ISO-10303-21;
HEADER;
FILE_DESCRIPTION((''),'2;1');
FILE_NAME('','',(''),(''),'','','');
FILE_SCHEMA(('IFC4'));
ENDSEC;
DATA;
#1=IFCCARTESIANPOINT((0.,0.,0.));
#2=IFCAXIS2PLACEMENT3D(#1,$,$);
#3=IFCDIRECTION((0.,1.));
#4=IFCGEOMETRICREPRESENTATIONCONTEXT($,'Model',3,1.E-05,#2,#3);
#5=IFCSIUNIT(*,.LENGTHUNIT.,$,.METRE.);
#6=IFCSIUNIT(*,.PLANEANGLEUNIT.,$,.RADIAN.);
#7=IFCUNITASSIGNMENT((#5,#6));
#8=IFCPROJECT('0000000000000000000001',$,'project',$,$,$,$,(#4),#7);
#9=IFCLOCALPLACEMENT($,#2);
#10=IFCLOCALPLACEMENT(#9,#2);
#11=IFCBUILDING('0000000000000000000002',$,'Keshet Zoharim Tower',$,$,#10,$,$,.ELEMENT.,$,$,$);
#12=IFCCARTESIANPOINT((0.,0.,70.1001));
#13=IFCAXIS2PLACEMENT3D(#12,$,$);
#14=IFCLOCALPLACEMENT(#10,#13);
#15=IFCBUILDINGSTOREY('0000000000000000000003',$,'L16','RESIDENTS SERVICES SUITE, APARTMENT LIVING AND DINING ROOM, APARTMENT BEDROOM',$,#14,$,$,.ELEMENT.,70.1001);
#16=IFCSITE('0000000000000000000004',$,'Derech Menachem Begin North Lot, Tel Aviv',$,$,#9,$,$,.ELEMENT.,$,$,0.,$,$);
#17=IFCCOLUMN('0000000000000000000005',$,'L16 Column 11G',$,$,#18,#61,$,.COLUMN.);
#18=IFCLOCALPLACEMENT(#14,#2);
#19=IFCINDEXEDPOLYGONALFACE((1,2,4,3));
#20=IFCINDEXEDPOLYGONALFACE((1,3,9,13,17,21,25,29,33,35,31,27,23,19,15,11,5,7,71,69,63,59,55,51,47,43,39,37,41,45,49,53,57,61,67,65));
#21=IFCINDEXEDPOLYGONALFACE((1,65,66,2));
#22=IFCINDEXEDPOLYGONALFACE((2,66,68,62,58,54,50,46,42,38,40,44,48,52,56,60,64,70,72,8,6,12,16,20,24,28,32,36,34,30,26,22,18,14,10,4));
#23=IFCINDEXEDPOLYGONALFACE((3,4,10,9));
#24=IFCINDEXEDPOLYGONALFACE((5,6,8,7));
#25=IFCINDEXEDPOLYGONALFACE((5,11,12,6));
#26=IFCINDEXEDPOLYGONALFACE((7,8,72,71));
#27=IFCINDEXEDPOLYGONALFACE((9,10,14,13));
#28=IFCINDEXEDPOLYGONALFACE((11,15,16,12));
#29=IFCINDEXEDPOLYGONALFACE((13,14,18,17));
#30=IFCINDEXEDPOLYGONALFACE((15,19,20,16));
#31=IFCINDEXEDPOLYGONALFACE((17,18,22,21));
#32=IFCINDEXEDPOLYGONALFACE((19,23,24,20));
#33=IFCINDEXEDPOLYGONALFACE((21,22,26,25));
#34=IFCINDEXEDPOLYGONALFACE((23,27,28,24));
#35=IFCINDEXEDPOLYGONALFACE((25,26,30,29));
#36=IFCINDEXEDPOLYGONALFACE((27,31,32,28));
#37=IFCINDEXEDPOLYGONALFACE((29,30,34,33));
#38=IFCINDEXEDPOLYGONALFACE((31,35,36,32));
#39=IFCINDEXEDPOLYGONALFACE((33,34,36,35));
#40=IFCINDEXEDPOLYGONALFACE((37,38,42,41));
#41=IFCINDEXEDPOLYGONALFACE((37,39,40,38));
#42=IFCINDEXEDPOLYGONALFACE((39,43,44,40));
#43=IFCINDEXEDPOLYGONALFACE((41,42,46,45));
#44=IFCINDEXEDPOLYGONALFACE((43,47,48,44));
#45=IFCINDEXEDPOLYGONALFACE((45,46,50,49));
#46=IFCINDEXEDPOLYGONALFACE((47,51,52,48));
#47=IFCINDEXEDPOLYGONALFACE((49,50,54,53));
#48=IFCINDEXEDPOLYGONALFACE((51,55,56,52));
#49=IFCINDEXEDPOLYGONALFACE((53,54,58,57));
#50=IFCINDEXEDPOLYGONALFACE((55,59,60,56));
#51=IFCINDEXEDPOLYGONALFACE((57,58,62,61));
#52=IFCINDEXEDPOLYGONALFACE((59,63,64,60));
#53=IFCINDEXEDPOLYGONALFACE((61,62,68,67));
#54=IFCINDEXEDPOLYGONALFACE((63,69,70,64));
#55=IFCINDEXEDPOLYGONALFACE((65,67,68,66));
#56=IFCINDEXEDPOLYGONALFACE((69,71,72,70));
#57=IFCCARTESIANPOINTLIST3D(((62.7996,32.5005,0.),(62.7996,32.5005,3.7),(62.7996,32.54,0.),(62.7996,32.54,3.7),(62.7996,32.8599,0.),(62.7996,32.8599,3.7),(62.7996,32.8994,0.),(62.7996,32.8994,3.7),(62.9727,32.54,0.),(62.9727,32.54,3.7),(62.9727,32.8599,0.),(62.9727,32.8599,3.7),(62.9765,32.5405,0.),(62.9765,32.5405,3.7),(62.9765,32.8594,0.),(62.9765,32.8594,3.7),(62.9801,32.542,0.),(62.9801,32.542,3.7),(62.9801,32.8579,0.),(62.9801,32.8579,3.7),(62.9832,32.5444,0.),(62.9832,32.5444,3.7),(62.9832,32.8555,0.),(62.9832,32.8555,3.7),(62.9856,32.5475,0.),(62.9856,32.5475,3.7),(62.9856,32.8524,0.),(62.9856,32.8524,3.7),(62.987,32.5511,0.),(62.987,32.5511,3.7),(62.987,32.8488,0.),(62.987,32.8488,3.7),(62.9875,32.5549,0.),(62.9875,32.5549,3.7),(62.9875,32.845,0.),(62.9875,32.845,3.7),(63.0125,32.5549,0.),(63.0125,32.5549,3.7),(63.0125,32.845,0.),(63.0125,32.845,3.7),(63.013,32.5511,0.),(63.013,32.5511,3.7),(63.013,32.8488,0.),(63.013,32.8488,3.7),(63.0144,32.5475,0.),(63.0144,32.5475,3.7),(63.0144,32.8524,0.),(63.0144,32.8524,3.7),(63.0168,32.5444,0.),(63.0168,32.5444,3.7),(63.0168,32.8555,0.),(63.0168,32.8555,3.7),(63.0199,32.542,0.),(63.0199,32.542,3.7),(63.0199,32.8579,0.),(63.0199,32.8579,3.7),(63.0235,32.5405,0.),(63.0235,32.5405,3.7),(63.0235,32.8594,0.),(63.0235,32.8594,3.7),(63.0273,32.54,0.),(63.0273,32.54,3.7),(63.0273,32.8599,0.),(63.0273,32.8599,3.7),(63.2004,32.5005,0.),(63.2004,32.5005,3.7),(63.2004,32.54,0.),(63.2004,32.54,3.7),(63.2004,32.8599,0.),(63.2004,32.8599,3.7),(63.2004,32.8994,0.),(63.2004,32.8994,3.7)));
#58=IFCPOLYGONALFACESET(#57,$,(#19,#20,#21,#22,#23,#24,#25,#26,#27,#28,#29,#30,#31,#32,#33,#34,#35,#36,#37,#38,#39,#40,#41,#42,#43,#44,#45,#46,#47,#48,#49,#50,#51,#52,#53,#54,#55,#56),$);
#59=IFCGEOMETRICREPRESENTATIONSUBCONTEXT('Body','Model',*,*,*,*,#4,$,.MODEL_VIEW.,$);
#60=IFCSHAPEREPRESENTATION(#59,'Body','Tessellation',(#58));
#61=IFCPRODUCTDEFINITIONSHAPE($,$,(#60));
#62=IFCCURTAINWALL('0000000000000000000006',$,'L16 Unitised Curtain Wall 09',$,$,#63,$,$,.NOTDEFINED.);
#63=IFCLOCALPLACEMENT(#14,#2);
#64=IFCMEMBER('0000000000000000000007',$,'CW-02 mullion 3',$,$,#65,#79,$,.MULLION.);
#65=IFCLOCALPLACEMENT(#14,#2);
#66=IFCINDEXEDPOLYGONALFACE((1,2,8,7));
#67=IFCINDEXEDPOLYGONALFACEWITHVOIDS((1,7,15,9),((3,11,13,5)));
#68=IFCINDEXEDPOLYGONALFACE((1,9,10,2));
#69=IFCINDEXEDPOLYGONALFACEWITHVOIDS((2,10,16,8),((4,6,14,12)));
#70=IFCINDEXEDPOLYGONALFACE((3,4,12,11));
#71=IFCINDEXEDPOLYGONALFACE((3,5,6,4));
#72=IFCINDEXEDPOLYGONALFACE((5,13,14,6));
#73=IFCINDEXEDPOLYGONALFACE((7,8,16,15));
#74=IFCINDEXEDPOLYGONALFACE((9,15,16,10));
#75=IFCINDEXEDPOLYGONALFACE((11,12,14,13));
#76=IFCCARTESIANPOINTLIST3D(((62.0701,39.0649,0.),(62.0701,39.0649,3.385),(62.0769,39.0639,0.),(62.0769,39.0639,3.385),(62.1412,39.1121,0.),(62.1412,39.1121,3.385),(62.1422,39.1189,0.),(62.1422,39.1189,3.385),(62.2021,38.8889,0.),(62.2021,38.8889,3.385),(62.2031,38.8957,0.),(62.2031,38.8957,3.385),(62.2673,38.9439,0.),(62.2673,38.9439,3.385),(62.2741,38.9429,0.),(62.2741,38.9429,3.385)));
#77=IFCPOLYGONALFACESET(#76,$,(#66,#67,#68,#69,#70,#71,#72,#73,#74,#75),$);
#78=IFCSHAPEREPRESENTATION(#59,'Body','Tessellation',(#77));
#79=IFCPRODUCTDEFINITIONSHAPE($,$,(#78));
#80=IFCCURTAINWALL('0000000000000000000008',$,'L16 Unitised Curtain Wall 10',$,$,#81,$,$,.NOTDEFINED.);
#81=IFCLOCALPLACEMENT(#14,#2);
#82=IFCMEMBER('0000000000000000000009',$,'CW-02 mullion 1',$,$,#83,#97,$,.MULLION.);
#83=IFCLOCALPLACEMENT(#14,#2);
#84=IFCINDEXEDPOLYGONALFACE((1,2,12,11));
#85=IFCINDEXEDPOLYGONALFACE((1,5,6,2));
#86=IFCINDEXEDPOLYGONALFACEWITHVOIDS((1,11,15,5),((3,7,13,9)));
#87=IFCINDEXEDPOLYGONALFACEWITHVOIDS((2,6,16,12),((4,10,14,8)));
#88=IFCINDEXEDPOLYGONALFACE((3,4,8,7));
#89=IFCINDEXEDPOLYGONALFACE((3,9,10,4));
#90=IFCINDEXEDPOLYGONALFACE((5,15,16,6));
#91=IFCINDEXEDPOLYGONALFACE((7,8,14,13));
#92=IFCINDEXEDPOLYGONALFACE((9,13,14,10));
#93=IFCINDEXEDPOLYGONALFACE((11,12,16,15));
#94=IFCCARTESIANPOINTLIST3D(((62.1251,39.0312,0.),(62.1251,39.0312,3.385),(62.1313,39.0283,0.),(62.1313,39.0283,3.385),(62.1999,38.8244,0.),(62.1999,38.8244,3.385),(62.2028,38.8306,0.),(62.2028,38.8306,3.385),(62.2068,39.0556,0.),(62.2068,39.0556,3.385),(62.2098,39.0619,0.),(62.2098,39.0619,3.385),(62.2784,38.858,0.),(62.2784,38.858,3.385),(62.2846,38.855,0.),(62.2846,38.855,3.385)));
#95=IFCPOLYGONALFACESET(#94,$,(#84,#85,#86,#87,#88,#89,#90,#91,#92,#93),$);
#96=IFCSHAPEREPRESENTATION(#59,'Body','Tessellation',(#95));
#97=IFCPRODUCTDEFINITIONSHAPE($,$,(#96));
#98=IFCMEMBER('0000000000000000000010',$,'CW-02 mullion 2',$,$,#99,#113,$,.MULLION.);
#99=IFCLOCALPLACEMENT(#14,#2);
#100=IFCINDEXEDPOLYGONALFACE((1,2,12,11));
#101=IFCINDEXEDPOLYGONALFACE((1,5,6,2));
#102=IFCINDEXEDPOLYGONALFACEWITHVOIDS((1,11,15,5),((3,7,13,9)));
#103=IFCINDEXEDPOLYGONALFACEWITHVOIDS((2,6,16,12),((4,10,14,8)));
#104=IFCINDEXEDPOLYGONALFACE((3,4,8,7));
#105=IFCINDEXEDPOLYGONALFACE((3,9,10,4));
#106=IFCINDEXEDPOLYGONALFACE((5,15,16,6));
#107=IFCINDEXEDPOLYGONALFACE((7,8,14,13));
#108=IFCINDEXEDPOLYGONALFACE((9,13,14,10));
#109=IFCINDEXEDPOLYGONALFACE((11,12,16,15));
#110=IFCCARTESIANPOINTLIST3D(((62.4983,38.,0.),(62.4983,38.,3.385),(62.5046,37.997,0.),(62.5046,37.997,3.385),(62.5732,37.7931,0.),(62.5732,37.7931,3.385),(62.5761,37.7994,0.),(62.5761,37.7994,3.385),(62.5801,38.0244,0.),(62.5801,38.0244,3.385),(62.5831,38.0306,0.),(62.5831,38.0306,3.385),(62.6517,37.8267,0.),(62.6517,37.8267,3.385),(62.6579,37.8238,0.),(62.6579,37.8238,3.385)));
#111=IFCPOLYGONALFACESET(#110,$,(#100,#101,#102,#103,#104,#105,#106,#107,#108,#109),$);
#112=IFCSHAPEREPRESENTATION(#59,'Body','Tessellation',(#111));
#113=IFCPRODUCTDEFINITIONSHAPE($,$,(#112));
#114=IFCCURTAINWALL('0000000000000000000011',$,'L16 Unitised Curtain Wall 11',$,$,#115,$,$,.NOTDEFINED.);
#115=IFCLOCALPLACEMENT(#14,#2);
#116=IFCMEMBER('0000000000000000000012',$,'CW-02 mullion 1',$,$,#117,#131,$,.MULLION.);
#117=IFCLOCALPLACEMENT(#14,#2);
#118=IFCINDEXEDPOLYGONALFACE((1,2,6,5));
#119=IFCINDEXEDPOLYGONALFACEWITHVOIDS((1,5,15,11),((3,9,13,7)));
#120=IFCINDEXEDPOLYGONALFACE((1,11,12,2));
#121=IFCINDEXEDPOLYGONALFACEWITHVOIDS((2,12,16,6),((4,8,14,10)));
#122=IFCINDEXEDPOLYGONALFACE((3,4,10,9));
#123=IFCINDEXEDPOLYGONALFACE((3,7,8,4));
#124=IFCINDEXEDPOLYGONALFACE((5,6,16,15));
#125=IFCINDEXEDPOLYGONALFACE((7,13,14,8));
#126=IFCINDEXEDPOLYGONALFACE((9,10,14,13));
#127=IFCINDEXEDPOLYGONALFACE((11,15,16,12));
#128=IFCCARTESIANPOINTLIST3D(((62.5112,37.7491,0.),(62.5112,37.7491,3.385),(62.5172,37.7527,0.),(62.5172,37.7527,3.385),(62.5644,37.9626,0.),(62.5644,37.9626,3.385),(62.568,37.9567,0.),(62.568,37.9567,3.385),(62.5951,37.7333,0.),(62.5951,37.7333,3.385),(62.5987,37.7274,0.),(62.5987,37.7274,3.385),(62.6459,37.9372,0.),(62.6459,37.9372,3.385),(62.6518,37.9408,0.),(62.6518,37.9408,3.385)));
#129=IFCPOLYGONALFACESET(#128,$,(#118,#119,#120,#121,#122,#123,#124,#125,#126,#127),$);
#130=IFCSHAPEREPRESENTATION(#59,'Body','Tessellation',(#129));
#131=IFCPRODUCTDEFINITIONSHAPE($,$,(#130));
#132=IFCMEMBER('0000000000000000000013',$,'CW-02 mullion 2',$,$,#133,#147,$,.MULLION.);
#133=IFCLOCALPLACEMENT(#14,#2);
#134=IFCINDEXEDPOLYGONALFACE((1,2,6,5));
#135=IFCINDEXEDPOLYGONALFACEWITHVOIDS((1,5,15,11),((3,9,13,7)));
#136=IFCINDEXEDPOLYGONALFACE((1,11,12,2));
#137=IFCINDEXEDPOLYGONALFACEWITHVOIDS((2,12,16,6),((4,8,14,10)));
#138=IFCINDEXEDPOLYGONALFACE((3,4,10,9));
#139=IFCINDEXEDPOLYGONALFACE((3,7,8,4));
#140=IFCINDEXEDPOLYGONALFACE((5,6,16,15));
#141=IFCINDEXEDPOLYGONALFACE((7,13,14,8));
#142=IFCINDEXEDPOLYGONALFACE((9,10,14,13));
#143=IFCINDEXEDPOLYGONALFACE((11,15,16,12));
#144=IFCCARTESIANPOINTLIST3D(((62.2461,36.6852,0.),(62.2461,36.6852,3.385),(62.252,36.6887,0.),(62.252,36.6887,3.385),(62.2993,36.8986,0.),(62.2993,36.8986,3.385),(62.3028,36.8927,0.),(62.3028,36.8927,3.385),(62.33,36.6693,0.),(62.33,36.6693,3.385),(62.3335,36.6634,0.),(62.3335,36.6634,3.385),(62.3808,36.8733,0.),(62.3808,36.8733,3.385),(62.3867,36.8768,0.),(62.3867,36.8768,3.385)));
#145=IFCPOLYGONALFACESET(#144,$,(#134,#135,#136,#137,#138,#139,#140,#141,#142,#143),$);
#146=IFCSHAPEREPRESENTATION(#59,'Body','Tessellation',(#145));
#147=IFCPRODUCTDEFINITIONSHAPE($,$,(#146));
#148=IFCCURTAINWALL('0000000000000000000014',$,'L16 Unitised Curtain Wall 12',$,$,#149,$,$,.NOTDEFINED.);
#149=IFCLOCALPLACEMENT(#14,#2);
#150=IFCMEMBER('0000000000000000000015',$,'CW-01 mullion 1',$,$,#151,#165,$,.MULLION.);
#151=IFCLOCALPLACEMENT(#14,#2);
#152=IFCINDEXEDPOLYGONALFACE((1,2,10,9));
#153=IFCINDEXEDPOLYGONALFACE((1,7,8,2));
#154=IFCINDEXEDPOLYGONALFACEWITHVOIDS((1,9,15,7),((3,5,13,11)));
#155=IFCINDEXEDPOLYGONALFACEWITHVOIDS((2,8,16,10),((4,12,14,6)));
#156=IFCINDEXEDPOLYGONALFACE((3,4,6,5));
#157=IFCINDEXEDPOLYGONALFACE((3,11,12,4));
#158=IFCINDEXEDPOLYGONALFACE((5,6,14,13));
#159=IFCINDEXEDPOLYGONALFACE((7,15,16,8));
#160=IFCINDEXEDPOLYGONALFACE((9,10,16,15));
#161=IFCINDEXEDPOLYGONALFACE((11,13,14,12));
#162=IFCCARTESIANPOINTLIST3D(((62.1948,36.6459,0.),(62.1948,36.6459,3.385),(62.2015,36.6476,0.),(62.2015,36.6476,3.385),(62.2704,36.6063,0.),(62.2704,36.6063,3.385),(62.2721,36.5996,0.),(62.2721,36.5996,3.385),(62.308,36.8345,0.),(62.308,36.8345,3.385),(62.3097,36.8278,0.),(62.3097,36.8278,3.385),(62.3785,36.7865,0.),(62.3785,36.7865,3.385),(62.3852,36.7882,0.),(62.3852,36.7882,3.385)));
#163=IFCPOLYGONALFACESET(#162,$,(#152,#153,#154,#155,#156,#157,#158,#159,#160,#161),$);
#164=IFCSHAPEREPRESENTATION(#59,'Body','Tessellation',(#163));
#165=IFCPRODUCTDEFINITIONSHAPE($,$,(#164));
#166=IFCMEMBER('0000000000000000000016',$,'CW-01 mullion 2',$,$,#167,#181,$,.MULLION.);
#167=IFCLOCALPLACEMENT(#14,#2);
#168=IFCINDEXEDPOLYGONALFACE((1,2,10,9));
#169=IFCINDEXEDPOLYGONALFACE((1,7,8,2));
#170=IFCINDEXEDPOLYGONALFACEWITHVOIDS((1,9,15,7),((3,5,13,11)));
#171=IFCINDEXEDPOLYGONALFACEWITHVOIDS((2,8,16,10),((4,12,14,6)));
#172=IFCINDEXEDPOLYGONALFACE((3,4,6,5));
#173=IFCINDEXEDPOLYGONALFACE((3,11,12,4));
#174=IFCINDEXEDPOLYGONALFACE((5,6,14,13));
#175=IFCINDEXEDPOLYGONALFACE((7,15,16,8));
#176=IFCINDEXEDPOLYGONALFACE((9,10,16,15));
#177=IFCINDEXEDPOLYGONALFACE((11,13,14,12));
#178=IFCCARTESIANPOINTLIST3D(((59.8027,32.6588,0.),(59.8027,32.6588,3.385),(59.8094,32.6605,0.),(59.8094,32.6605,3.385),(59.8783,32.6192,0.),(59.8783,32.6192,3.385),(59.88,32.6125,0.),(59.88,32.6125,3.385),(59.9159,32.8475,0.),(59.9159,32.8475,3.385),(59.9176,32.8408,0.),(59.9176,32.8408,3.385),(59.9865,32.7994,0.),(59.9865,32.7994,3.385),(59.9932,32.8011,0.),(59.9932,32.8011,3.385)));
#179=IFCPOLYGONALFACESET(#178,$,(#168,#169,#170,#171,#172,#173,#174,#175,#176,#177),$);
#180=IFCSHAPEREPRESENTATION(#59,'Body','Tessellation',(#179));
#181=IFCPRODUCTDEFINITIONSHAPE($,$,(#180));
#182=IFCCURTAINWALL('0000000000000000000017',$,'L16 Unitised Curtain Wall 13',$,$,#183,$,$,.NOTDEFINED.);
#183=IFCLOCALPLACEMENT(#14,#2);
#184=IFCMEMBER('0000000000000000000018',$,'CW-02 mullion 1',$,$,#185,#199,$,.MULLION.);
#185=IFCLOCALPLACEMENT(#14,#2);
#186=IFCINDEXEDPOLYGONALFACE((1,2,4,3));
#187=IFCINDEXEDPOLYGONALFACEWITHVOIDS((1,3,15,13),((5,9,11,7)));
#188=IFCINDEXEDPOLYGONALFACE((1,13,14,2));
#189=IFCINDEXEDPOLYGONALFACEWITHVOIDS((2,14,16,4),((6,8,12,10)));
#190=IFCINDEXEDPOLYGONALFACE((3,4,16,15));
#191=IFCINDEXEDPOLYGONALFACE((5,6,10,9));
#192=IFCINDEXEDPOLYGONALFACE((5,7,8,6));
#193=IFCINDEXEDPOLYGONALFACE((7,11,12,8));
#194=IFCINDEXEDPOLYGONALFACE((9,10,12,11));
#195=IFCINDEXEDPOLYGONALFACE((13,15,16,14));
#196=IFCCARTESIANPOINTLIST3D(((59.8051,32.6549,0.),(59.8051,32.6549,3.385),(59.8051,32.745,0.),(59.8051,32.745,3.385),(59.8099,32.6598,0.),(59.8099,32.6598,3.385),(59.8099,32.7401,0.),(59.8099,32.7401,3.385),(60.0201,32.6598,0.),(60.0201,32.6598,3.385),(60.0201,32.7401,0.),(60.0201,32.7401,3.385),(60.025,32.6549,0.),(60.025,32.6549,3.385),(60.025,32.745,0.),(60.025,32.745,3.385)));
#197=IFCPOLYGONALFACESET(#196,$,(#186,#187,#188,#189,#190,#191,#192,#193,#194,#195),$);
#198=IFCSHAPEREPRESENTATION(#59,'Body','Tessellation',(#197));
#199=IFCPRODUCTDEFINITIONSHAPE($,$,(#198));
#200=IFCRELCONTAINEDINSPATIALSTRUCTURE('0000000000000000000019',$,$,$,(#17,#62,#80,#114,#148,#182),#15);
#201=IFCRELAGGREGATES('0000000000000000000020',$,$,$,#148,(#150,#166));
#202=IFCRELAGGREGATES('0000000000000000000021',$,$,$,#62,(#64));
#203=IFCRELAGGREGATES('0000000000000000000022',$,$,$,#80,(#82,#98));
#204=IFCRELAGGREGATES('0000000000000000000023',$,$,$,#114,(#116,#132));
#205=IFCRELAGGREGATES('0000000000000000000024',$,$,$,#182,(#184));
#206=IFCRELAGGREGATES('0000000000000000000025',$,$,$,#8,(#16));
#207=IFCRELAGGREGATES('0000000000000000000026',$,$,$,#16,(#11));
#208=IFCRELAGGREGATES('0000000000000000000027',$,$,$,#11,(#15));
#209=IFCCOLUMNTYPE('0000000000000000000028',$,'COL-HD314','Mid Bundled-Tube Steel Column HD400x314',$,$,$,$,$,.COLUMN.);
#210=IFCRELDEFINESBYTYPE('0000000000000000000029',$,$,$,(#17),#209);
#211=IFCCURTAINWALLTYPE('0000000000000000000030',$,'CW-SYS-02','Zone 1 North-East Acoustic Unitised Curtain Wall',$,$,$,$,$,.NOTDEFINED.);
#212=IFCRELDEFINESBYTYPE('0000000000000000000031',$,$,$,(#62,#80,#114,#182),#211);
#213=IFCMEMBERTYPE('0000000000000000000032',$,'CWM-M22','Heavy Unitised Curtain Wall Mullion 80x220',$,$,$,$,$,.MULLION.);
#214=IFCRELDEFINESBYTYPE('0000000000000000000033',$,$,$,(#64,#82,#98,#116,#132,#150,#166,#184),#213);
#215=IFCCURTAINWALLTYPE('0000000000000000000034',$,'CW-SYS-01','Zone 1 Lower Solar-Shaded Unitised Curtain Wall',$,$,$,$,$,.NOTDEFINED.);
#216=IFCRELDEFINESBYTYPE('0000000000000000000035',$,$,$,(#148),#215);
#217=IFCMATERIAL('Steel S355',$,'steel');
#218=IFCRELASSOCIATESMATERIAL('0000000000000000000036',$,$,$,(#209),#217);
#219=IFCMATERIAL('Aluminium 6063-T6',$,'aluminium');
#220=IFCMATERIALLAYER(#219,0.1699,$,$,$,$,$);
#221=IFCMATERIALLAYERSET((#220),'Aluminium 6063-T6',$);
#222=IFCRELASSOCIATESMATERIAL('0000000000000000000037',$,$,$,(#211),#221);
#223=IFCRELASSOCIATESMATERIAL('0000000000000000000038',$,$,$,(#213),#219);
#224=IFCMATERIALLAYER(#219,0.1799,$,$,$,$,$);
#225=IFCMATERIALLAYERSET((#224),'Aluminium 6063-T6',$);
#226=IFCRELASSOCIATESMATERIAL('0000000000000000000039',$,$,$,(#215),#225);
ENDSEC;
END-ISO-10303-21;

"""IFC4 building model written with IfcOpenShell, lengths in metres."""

from ifc_helpers import new_model, si_unit, direction, frame, origin, origin_2d, place, context, subcontext, project, spatial, hollow_rectangle, i_section, extrude, material, layer, layer_set, material_profile, profile_set, type_object, element, aggregate, save


model = new_model("IFC4")

# Units and contexts
model_context = context("Model", 3, precision=1e-05, world=origin(), true_north=direction((0.0, 1.0)))
body_context = subcontext(model_context, "Body", "Model", "MODEL_VIEW")
ifc_project = project(units=[si_unit("LENGTHUNIT", "METRE"), si_unit("PLANEANGLEUNIT", "RADIAN")], contexts=[model_context])

# Site, building, storey
site_placement = place(None, origin())
site = spatial("IfcSite", under=ifc_project, at=site_placement, Name="Derech Menachem Begin North Lot, Tel Aviv", CompositionType="ELEMENT", RefElevation=0.0)
building_placement = place(site_placement, origin())
building = spatial("IfcBuilding", under=site, at=building_placement, Name="Keshet Zoharim Tower", CompositionType="ELEMENT")
storey_placement = place(building_placement, frame((0.0, 0.0, 70.1001)))
storey = spatial("IfcBuildingStorey", under=building, at=storey_placement, Name="L16", Description="RESIDENTS SERVICES SUITE, APARTMENT LIVING AND DINING ROOM, APARTMENT BEDROOM", CompositionType="ELEMENT", Elevation=70.1001)

# Column
ifc_material_1 = material(Name="Steel S355", Category="steel")
ifc_material_profile_1 = material_profile(ifc_material_1, i_section(OverallWidth=0.4009, OverallDepth=0.3989, WebThickness=0.0249, FlangeThickness=0.0396, FilletRadius=0.0149, at=origin_2d()), Name="HD400x314")
ifc_profile_set_1 = profile_set([ifc_material_profile_1], Name="Steel S355")
column_type = type_object("IfcColumnType", Name="COL-HD314", Description="Mid Bundled-Tube Steel Column HD400x314", PredefinedType="COLUMN", material=ifc_profile_set_1)
column_placement = place(storey_placement, frame((63.0, 32.7, 0.0), z_axis=(0.0, 0.0, 1.0), x_axis=(1.0, 0.0, 0.0)))
element("IfcColumn", 1, at=column_placement, inside=storey, type_object=column_type, Name="L16 Column 11G", PredefinedType="COLUMN", context=body_context, shape_type="SweptSolid", body=[
    extrude(i_section(OverallWidth=0.4009, OverallDepth=0.3989, WebThickness=0.0249, FlangeThickness=0.0396, FilletRadius=0.0149, at=origin_2d()), origin(), (0.0, 0.0, 1.0), 3.7),
])

# Curtain wall, member
ifc_material_2 = material(Name="Aluminium 6063-T6", Category="aluminium")
ifc_layer_1 = layer(ifc_material_2, 0.1699)
ifc_layer_set_1 = layer_set([ifc_layer_1], Name="Aluminium 6063-T6")
curtain_wall_type_1 = type_object("IfcCurtainWallType", Name="CW-SYS-02", Description="Zone 1 North-East Acoustic Unitised Curtain Wall", PredefinedType="NOTDEFINED", material=ifc_layer_set_1)
curtain_wall_1_placement = place(storey_placement, origin())
curtain_wall_1 = element("IfcCurtainWall", 2, at=curtain_wall_1_placement, inside=storey, type_object=curtain_wall_type_1, Name="L16 Unitised Curtain Wall 09", PredefinedType="NOTDEFINED")
ifc_material_profile_2 = material_profile(ifc_material_2, hollow_rectangle(XDim=0.0901, YDim=0.22, WallThickness=0.0049, at=origin_2d()), Name="MUL-90x220")
ifc_profile_set_2 = profile_set([ifc_material_profile_2], Name="Aluminium 6063-T6")
member_type_1 = type_object("IfcMemberType", Name="CWM-M22", Description="Heavy Unitised Curtain Wall Mullion 80x220", PredefinedType="MULLION", material=ifc_profile_set_2)
member_1_placement = place(storey_placement, frame((62.1721, 39.0039, 0.0), z_axis=(0.0, 0.0, 1.0), x_axis=(0.8, 0.6, 0.0)))
member_1 = element("IfcMember", 3, at=member_1_placement, type_object=member_type_1, Name="CW-02 mullion 3", PredefinedType="MULLION", context=body_context, shape_type="SweptSolid", body=[
    extrude(hollow_rectangle(XDim=0.0901, YDim=0.22, WallThickness=0.0049, at=origin_2d()), origin(), (0.0, 0.0, 1.0), 3.385),
])

# Curtain walls, members
curtain_wall_2_placement = place(storey_placement, origin())
curtain_wall_2 = element("IfcCurtainWall", 4, at=curtain_wall_2_placement, inside=storey, type_object=curtain_wall_type_1, Name="L16 Unitised Curtain Wall 10", PredefinedType="NOTDEFINED")
member_2_placement = place(storey_placement, frame((62.2048, 38.9431, 0.0), z_axis=(0.0, 0.0, 1.0), x_axis=(0.940318, 0.340297, 0.0)))
member_2 = element("IfcMember", 5, at=member_2_placement, type_object=member_type_1, Name="CW-02 mullion 1", PredefinedType="MULLION", context=body_context, shape_type="SweptSolid", body=[
    extrude(hollow_rectangle(XDim=0.0901, YDim=0.22, WallThickness=0.0049, at=origin_2d()), origin(), (0.0, 0.0, 1.0), 3.385),
])
member_3_placement = place(storey_placement, frame((62.5781, 37.9119, 0.0), z_axis=(0.0, 0.0, 1.0), x_axis=(0.940318, 0.340297, 0.0)))
member_3 = element("IfcMember", 6, at=member_3_placement, type_object=member_type_1, Name="CW-02 mullion 2", PredefinedType="MULLION", context=body_context, shape_type="SweptSolid", body=[
    extrude(hollow_rectangle(XDim=0.0901, YDim=0.22, WallThickness=0.0049, at=origin_2d()), origin(), (0.0, 0.0, 1.0), 3.385),
])
curtain_wall_3_placement = place(storey_placement, origin())
curtain_wall_3 = element("IfcCurtainWall", 7, at=curtain_wall_3_placement, inside=storey, type_object=curtain_wall_type_1, Name="L16 Unitised Curtain Wall 11", PredefinedType="NOTDEFINED")
member_4_placement = place(storey_placement, frame((62.5815, 37.845, 0.0), z_axis=(0.0, 0.0, 1.0), x_axis=(0.970344, -0.241729, 0.0)))
member_4 = element("IfcMember", 8, at=member_4_placement, type_object=member_type_1, Name="CW-02 mullion 1", PredefinedType="MULLION", context=body_context, shape_type="SweptSolid", body=[
    extrude(hollow_rectangle(XDim=0.0901, YDim=0.22, WallThickness=0.0049, at=origin_2d()), origin(), (0.0, 0.0, 1.0), 3.385),
])
member_5_placement = place(storey_placement, frame((62.3164, 36.781, 0.0), z_axis=(0.0, 0.0, 1.0), x_axis=(0.970344, -0.241729, 0.0)))
member_5 = element("IfcMember", 9, at=member_5_placement, type_object=member_type_1, Name="CW-02 mullion 2", PredefinedType="MULLION", context=body_context, shape_type="SweptSolid", body=[
    extrude(hollow_rectangle(XDim=0.0901, YDim=0.22, WallThickness=0.0049, at=origin_2d()), origin(), (0.0, 0.0, 1.0), 3.385),
])
ifc_layer_2 = layer(ifc_material_2, 0.1799)
ifc_layer_set_2 = layer_set([ifc_layer_2], Name="Aluminium 6063-T6")
curtain_wall_type_2 = type_object("IfcCurtainWallType", Name="CW-SYS-01", Description="Zone 1 Lower Solar-Shaded Unitised Curtain Wall", PredefinedType="NOTDEFINED", material=ifc_layer_set_2)
curtain_wall_4_placement = place(storey_placement, origin())
curtain_wall_4 = element("IfcCurtainWall", 10, at=curtain_wall_4_placement, inside=storey, type_object=curtain_wall_type_2, Name="L16 Unitised Curtain Wall 12", PredefinedType="NOTDEFINED")
member_6_placement = place(storey_placement, frame((62.29, 36.717, 0.0), z_axis=(0.0, 0.0, 1.0), x_axis=(0.857512, -0.514465, 0.0)))
member_6 = element("IfcMember", 11, at=member_6_placement, type_object=member_type_1, Name="CW-01 mullion 1", PredefinedType="MULLION", context=body_context, shape_type="SweptSolid", body=[
    extrude(hollow_rectangle(XDim=0.0901, YDim=0.22, WallThickness=0.0049, at=origin_2d()), origin(), (0.0, 0.0, 1.0), 3.385),
])
member_7_placement = place(storey_placement, frame((59.8979, 32.73, 0.0), z_axis=(0.0, 0.0, 1.0), x_axis=(0.857512, -0.514465, 0.0)))
member_7 = element("IfcMember", 12, at=member_7_placement, type_object=member_type_1, Name="CW-01 mullion 2", PredefinedType="MULLION", context=body_context, shape_type="SweptSolid", body=[
    extrude(hollow_rectangle(XDim=0.0901, YDim=0.22, WallThickness=0.0049, at=origin_2d()), origin(), (0.0, 0.0, 1.0), 3.385),
])
curtain_wall_5_placement = place(storey_placement, origin())
curtain_wall_5 = element("IfcCurtainWall", 13, at=curtain_wall_5_placement, inside=storey, type_object=curtain_wall_type_1, Name="L16 Unitised Curtain Wall 13", PredefinedType="NOTDEFINED")
member_8_placement = place(storey_placement, frame((59.915, 32.7, 0.0), z_axis=(0.0, 0.0, 1.0), x_axis=(0.0, 1.0, 0.0)))
member_8 = element("IfcMember", 14, at=member_8_placement, type_object=member_type_1, Name="CW-02 mullion 1", PredefinedType="MULLION", context=body_context, shape_type="SweptSolid", body=[
    extrude(hollow_rectangle(XDim=0.0901, YDim=0.22, WallThickness=0.0049, at=origin_2d()), origin(), (0.0, 0.0, 1.0), 3.385),
])

aggregate(curtain_wall_4, [member_6, member_7])
aggregate(curtain_wall_1, [member_1])
aggregate(curtain_wall_2, [member_2, member_3])
aggregate(curtain_wall_3, [member_4, member_5])
aggregate(curtain_wall_5, [member_8])

save(model, "model.ifc")
